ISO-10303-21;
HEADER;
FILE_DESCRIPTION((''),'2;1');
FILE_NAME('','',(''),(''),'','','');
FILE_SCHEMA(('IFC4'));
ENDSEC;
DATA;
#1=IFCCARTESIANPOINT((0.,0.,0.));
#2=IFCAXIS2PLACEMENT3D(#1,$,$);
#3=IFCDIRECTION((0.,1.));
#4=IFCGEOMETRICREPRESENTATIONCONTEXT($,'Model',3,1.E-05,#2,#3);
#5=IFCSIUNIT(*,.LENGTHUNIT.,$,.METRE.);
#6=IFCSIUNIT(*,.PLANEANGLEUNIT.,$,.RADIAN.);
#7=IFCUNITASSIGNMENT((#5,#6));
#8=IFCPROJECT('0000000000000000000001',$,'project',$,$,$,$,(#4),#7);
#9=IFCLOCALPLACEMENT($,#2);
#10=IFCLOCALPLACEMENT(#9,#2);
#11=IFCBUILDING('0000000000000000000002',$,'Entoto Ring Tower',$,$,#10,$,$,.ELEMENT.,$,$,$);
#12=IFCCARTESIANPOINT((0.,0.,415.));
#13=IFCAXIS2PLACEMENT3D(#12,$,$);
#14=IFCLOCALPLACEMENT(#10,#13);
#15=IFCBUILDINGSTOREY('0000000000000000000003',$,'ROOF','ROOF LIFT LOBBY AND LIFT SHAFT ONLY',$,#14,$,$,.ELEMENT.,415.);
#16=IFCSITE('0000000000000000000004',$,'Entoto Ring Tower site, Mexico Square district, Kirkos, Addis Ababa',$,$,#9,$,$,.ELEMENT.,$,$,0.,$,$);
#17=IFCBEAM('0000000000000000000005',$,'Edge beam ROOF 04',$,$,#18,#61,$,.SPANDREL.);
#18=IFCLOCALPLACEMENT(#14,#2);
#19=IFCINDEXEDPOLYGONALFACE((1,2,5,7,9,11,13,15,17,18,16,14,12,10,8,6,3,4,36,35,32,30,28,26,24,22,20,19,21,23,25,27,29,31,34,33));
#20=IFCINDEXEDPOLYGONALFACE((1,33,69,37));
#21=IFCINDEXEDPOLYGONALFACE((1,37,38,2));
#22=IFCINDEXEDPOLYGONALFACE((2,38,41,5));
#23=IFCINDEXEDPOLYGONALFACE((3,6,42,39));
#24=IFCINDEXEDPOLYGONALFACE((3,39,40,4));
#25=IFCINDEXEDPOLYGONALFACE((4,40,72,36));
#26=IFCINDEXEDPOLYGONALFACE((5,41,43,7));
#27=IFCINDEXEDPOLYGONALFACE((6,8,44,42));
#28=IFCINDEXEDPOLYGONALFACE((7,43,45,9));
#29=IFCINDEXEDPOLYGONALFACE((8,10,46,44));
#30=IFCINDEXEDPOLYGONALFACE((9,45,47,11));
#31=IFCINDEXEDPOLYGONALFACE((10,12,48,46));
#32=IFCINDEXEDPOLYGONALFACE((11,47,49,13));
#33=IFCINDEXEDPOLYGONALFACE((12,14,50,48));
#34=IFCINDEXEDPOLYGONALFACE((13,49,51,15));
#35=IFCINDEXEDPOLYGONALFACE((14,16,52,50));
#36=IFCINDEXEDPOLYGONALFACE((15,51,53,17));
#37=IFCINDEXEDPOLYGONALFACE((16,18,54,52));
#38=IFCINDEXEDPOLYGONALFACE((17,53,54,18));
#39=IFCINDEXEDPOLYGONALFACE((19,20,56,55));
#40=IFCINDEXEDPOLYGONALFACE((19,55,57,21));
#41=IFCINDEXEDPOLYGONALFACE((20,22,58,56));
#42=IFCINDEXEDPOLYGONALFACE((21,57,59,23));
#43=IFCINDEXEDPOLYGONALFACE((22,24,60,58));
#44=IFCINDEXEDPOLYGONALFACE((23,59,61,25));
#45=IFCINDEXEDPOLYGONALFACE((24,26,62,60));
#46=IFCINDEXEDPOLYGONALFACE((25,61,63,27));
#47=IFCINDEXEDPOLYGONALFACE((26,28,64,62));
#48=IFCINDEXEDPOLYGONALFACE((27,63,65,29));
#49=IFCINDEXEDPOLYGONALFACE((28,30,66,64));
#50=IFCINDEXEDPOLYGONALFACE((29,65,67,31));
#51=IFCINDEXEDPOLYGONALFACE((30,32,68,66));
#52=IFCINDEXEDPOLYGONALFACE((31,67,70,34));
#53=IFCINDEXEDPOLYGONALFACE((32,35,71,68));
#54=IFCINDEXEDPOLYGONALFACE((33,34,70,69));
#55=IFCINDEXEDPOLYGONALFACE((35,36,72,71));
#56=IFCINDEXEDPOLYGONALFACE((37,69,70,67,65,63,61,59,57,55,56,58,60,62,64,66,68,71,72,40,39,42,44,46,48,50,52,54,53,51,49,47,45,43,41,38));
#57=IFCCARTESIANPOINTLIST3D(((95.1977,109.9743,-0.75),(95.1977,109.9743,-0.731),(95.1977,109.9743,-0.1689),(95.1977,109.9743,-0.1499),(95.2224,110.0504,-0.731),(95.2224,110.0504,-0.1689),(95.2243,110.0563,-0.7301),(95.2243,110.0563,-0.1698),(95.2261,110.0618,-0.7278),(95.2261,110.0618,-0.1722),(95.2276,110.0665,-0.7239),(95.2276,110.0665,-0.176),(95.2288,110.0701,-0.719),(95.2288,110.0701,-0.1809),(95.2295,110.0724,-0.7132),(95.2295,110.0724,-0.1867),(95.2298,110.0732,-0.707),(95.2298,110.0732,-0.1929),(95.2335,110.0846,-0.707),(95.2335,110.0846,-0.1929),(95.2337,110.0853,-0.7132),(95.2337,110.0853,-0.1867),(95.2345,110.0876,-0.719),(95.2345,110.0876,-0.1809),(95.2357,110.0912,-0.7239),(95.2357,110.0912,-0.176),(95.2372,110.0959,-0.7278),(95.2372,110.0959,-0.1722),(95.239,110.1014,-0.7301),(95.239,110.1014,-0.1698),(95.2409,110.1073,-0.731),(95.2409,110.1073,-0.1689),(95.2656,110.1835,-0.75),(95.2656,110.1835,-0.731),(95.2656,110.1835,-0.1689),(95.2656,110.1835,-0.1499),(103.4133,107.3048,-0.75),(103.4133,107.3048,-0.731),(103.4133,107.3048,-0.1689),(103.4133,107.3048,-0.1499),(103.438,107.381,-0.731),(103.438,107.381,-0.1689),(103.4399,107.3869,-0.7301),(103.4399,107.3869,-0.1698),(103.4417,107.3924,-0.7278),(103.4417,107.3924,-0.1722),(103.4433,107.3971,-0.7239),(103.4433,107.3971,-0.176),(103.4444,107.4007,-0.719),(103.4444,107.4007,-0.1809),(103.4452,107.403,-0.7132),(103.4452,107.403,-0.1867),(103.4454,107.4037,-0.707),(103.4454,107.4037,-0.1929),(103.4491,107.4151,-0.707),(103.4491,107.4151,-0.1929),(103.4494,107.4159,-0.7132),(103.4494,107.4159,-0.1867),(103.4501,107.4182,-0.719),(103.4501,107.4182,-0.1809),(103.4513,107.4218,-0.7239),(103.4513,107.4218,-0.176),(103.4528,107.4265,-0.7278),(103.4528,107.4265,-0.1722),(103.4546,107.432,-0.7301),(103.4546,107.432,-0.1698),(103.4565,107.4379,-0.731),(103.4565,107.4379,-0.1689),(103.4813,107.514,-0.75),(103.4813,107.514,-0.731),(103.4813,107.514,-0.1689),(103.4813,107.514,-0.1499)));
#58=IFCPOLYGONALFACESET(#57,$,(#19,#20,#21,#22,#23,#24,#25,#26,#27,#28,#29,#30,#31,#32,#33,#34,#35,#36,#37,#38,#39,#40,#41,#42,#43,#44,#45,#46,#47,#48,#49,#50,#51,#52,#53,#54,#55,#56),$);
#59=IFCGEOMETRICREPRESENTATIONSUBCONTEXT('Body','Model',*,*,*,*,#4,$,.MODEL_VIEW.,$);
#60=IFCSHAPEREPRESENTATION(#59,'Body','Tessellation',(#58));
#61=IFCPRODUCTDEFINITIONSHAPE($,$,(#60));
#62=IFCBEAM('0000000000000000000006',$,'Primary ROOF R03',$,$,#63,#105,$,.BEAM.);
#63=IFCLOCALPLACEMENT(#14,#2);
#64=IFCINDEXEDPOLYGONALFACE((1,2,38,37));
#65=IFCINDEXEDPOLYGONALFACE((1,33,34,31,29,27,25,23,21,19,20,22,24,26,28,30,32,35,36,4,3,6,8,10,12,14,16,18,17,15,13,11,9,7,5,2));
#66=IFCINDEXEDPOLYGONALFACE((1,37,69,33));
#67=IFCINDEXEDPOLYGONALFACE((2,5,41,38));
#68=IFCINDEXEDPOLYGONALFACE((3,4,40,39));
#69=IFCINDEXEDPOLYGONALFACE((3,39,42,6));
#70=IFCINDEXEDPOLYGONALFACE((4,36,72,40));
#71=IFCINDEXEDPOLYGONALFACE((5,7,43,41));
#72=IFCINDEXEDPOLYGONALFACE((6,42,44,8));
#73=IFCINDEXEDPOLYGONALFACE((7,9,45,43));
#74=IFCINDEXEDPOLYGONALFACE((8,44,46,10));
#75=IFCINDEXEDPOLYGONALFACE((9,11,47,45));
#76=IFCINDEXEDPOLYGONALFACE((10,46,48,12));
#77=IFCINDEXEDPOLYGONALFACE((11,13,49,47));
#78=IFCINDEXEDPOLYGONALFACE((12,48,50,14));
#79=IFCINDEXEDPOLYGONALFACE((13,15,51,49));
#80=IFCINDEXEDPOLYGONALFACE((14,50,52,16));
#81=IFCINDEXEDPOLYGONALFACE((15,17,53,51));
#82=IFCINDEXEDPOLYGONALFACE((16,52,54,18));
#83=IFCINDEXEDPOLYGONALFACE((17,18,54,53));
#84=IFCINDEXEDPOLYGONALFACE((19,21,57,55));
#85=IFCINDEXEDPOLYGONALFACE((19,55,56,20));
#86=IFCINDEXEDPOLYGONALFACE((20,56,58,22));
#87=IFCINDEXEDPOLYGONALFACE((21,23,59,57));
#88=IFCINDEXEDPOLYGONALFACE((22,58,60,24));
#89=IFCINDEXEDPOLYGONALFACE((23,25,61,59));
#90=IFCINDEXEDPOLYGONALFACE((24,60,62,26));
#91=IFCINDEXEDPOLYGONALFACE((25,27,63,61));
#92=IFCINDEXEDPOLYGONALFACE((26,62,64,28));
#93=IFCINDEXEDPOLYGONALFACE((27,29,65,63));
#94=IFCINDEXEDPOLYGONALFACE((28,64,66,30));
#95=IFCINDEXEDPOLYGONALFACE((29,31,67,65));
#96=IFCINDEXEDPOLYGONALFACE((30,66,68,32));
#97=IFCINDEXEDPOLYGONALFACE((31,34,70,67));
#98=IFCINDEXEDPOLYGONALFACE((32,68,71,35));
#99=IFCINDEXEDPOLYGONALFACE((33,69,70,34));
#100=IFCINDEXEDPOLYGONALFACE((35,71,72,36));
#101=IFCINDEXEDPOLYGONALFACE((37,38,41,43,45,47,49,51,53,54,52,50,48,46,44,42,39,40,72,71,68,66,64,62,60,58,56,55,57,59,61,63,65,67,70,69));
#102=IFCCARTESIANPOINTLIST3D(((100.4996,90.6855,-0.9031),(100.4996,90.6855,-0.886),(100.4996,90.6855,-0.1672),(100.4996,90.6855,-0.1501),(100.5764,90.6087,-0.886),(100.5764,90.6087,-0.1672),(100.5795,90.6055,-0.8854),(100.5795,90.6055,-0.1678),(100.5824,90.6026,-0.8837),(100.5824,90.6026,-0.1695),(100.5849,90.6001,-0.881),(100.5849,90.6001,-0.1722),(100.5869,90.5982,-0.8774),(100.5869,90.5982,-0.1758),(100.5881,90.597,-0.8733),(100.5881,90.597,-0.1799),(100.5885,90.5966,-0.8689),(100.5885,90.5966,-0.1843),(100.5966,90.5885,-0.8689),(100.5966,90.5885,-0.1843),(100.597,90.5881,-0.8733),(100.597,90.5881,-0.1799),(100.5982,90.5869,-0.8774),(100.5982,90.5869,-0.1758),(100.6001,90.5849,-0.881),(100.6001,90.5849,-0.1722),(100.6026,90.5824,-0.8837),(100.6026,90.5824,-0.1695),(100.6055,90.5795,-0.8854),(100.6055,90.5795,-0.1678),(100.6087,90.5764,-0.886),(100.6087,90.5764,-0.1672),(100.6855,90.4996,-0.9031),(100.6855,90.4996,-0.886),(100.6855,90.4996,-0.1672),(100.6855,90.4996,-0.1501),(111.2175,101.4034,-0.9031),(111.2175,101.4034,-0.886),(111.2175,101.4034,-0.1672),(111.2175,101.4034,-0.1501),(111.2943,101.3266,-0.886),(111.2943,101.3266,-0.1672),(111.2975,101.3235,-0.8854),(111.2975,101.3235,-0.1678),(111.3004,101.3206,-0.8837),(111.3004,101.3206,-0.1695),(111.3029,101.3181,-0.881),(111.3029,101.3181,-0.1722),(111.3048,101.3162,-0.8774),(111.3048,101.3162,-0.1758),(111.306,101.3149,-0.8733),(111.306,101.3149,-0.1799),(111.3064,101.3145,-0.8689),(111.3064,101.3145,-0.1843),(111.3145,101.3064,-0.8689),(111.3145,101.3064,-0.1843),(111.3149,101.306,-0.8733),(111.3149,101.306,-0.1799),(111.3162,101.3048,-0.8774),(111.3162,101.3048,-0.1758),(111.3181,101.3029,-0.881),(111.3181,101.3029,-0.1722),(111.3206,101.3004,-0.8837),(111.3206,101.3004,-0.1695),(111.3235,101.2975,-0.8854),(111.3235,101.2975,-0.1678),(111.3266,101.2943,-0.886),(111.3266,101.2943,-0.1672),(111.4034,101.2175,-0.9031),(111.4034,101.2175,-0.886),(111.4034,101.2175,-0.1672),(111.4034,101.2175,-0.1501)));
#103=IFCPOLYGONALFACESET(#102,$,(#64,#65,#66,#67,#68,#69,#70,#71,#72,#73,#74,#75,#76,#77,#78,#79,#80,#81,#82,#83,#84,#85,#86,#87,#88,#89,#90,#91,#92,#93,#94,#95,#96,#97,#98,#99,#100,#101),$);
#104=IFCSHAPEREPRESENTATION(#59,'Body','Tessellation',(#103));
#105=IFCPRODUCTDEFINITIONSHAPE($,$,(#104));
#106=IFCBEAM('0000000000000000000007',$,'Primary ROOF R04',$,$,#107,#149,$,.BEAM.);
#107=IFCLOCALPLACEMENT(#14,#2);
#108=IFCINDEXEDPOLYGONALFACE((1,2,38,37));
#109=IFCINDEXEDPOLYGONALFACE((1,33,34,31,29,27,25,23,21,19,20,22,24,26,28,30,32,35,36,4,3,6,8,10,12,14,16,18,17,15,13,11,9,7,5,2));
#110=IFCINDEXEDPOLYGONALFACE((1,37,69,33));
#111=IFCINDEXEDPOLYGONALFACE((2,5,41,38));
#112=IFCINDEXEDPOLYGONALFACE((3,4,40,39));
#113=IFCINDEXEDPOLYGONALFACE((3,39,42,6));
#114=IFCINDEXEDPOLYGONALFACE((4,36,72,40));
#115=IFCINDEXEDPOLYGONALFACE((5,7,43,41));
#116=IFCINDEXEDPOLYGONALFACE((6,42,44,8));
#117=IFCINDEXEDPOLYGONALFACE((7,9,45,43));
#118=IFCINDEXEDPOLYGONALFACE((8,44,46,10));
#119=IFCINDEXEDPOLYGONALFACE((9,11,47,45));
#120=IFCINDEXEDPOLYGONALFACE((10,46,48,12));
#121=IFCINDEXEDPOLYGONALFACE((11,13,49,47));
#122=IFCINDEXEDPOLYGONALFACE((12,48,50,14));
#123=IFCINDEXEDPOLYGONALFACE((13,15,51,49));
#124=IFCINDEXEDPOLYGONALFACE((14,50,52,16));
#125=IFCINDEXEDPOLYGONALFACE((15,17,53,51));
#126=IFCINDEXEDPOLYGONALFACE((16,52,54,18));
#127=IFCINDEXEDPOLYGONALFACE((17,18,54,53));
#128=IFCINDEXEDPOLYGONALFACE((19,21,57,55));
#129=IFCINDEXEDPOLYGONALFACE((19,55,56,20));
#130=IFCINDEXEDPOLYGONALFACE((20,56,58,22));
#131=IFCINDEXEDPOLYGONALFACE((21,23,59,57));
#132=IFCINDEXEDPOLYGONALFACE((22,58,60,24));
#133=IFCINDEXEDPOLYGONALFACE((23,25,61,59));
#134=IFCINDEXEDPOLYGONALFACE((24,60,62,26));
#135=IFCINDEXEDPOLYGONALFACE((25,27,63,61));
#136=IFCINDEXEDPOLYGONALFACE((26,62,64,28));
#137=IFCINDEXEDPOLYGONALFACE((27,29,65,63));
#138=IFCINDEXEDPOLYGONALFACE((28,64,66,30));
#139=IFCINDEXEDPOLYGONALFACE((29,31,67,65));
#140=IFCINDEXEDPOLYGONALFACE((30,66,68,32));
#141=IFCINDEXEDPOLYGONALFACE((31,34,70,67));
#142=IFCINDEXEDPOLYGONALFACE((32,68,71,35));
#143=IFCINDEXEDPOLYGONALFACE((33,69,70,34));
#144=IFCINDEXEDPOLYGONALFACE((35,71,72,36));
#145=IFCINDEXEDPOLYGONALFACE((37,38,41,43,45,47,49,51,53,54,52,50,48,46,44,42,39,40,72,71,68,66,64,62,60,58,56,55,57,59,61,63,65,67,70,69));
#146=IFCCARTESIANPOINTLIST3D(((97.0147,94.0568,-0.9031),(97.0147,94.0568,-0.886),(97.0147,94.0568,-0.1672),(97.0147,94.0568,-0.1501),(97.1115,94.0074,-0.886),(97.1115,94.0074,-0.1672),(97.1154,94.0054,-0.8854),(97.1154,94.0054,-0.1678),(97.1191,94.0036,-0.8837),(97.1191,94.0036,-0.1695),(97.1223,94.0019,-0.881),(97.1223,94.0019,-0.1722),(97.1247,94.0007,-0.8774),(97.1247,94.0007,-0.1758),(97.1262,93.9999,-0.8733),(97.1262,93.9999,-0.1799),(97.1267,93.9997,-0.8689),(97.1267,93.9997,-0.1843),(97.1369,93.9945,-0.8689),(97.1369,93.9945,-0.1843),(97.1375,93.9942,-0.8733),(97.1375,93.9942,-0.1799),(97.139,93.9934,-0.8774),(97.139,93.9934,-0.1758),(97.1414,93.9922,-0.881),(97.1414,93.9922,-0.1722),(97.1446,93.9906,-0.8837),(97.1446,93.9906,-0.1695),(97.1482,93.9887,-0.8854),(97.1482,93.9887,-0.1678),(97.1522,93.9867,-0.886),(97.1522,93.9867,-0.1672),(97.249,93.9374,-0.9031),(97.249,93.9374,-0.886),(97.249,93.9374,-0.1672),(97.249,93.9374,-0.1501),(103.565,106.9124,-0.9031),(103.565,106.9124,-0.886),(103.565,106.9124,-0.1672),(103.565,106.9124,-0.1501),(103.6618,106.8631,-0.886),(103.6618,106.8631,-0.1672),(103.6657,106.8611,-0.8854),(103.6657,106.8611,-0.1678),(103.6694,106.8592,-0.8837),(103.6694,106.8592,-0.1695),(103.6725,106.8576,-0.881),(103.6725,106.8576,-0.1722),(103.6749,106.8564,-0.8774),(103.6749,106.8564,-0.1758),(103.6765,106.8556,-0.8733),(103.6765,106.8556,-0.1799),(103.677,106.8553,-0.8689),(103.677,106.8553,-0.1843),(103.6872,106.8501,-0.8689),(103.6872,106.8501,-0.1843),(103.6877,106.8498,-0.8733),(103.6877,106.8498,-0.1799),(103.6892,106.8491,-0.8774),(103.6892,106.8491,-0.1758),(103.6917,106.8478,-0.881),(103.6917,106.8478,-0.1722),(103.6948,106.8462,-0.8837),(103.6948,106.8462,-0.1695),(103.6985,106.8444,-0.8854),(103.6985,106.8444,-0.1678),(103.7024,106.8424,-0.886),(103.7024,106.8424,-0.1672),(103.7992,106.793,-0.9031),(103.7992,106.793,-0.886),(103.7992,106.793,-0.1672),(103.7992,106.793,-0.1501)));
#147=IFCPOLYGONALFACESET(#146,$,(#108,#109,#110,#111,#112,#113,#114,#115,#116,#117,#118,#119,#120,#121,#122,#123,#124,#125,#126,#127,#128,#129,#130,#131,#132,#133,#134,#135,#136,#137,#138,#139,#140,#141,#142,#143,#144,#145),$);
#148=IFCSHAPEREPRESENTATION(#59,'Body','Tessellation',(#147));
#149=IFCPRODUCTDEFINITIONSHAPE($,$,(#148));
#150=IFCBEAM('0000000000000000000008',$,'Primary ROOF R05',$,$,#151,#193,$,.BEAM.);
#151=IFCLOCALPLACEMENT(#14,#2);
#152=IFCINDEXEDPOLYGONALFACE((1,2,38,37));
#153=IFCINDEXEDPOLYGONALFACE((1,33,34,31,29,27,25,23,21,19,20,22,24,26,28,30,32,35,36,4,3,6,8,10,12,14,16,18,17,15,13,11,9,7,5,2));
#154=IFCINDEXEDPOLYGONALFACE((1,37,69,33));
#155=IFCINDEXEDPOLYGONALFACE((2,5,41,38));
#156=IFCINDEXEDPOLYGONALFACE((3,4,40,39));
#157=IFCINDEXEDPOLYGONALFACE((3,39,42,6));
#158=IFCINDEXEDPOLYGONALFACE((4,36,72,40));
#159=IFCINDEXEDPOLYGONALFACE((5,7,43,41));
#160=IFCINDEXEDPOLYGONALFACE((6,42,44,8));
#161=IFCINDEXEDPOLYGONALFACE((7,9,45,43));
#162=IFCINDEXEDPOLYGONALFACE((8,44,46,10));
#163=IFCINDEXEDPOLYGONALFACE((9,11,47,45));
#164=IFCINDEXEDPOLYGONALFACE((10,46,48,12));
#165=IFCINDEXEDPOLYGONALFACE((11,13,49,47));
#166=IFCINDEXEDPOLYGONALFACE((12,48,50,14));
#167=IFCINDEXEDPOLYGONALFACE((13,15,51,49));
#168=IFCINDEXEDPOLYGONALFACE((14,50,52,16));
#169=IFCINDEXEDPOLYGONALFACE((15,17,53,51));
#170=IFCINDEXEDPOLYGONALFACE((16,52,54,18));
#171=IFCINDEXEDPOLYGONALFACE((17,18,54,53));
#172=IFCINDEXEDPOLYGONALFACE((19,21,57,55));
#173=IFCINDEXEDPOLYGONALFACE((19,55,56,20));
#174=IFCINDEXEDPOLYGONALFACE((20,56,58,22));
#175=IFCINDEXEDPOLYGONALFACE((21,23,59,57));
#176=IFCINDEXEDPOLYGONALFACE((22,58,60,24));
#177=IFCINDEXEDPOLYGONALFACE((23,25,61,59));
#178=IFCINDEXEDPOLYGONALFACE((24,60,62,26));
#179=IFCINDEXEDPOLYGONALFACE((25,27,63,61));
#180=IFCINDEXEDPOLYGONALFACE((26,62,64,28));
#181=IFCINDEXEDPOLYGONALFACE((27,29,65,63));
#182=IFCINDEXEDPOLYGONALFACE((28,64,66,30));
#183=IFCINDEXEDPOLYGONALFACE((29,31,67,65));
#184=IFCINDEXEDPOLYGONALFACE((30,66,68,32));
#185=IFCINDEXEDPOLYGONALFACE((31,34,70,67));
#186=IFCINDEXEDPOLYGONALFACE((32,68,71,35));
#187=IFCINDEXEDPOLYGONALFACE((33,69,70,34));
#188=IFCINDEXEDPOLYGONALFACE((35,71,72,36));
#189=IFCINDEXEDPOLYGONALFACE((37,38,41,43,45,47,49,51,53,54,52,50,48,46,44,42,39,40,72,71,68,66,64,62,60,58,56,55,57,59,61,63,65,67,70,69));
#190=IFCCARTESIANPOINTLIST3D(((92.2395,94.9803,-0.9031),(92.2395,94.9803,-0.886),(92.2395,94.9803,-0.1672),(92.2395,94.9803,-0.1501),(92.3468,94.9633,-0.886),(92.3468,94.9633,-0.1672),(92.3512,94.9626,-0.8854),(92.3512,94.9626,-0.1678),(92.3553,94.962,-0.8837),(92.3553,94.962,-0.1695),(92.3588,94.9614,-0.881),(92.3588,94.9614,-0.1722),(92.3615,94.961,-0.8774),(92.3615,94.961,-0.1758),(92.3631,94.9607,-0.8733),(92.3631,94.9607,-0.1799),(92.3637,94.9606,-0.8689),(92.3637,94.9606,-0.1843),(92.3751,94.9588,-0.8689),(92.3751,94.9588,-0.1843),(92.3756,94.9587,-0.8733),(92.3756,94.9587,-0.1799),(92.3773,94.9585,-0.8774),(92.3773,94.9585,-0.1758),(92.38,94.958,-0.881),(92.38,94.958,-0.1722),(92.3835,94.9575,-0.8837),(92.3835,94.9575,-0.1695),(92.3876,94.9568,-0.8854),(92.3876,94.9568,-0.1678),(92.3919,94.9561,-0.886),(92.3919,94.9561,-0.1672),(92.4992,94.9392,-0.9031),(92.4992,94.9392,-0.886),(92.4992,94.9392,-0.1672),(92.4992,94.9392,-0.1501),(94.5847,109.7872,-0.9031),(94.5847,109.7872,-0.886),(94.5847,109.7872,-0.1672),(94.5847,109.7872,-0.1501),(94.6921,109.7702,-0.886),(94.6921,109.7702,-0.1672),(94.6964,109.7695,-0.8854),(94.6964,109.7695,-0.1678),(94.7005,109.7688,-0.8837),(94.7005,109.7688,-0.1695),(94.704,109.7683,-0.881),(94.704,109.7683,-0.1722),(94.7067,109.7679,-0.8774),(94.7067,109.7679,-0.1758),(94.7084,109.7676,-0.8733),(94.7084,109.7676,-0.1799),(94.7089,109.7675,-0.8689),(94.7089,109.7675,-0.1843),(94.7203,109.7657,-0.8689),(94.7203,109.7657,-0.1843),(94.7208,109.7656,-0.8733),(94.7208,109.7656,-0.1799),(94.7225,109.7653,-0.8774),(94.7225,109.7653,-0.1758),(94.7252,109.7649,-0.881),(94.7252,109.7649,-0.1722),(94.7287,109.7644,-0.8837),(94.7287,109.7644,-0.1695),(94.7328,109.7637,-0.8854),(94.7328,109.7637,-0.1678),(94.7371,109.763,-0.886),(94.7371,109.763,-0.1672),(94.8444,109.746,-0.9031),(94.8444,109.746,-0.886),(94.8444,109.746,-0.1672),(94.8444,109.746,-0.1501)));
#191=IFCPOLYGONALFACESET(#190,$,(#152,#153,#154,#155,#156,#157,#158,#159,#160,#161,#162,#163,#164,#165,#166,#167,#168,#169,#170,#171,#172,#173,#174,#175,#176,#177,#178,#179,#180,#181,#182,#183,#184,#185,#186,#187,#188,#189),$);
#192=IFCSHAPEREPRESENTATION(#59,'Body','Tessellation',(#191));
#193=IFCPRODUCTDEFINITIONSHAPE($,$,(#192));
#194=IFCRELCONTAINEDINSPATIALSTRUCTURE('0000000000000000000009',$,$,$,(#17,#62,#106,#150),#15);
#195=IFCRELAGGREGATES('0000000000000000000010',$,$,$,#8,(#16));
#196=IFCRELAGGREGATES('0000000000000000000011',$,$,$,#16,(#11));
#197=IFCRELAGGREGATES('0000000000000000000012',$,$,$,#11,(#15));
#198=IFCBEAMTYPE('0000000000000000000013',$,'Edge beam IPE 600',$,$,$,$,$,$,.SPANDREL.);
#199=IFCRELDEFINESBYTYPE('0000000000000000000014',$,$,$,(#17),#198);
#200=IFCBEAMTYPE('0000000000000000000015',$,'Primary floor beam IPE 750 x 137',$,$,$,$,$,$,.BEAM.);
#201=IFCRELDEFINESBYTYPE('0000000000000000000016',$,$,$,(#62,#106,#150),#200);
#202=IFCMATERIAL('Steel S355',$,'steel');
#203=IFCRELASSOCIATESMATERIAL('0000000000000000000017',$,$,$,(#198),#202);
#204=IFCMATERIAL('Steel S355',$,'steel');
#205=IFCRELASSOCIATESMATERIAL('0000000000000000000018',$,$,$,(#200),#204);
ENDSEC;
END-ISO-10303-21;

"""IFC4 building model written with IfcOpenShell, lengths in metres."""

from ifc_helpers import new_model, si_unit, direction, frame, origin, origin_2d, place, context, subcontext, project, spatial, i_section, extrude, material, material_profile, profile_set, type_object, element, save


model = new_model("IFC4")

# Units and contexts
model_context = context("Model", 3, precision=1e-05, world=origin(), true_north=direction((0.0, 1.0)))
body_context = subcontext(model_context, "Body", "Model", "MODEL_VIEW")
ifc_project = project(units=[si_unit("LENGTHUNIT", "METRE"), si_unit("PLANEANGLEUNIT", "RADIAN")], contexts=[model_context])

# Site, building, storey
site_placement = place(None, origin())
site = spatial("IfcSite", under=ifc_project, at=site_placement, Name="Entoto Ring Tower site, Mexico Square district, Kirkos, Addis Ababa", CompositionType="ELEMENT", RefElevation=0.0)
building_placement = place(site_placement, origin())
building = spatial("IfcBuilding", under=site, at=building_placement, Name="Entoto Ring Tower", CompositionType="ELEMENT")
storey_placement = place(building_placement, frame((0.0, 0.0, 415.0)))
storey = spatial("IfcBuildingStorey", under=building, at=storey_placement, Name="ROOF", Description="ROOF LIFT LOBBY AND LIFT SHAFT ONLY", CompositionType="ELEMENT", Elevation=415.0)

# Beams
ifc_material_1 = material(Name="Steel S355", Category="steel")
ifc_material_profile_1 = material_profile(ifc_material_1, i_section(OverallWidth=0.22, OverallDepth=0.6001, WebThickness=0.012, FlangeThickness=0.019, FilletRadius=0.0239, at=origin_2d()), Name="IPE 600")
ifc_profile_set_1 = profile_set([ifc_material_profile_1], Name="Steel S355")
beam_type_1 = type_object("IfcBeamType", Name="Edge beam IPE 600", PredefinedType="SPANDREL", material=ifc_profile_set_1)
beam_1_placement = place(storey_placement, frame((103.4473, 107.4094, -0.45), z_axis=(-0.951055, 0.30902, 0.0), x_axis=(-0.30902, -0.951055, 0.0)))
element("IfcBeam", 1, at=beam_1_placement, inside=storey, type_object=beam_type_1, Name="Edge beam ROOF 04", PredefinedType="SPANDREL", context=body_context, shape_type="SweptSolid", body=[
    extrude(i_section(OverallWidth=0.22, OverallDepth=0.6001, WebThickness=0.012, FlangeThickness=0.019, FilletRadius=0.0239, at=origin_2d()), origin(), (0.0, 0.0, 1.0), 8.6384),
])
ifc_material_2 = material(Name="Steel S355", Category="steel")
ifc_material_profile_2 = material_profile(ifc_material_2, i_section(OverallWidth=0.2629, OverallDepth=0.7529, WebThickness=0.0115, FlangeThickness=0.0171, FilletRadius=0.0171, at=origin_2d()), Name="IPE 750 x 137")
ifc_profile_set_2 = profile_set([ifc_material_profile_2], Name="Steel S355")
beam_type_2 = type_object("IfcBeamType", Name="Primary floor beam IPE 750 x 137", PredefinedType="BEAM", material=ifc_profile_set_2)
beam_2_placement = place(storey_placement, frame((100.5925, 90.5925, -0.5266), z_axis=(0.707107, 0.707107, 0.0), x_axis=(-0.707107, 0.707107, 0.0)))
element("IfcBeam", 2, at=beam_2_placement, inside=storey, type_object=beam_type_2, Name="Primary ROOF R03", PredefinedType="BEAM", context=body_context, shape_type="SweptSolid", body=[
    extrude(i_section(OverallWidth=0.2629, OverallDepth=0.7529, WebThickness=0.0115, FlangeThickness=0.0171, FilletRadius=0.0171, at=origin_2d()), origin(), (0.0, 0.0, 1.0), 15.1575),
])
beam_3_placement = place(storey_placement, frame((97.1318, 93.9971, -0.5266), z_axis=(0.453989, 0.891007, 0.0), x_axis=(-0.891007, 0.453989, 0.0)))
element("IfcBeam", 3, at=beam_3_placement, inside=storey, type_object=beam_type_2, Name="Primary ROOF R04", PredefinedType="BEAM", context=body_context, shape_type="SweptSolid", body=[
    extrude(i_section(OverallWidth=0.2629, OverallDepth=0.7529, WebThickness=0.0115, FlangeThickness=0.0171, FilletRadius=0.0171, at=origin_2d()), origin(), (0.0, 0.0, 1.0), 14.4282),
])
for number, where, z_axis, x_axis, name in (
    (4, (92.3694, 94.9597, -0.5266), (0.156437, 0.987688, 0.0), (-0.987688, 0.156437, 0.0), "Primary ROOF R05"),
):
    element("IfcBeam", number, at=place(storey_placement, frame(where, z_axis=z_axis, x_axis=x_axis)), inside=storey, type_object=beam_type_2, Name=name, PredefinedType="BEAM", context=body_context, shape_type="SweptSolid", body=[
        extrude(i_section(OverallWidth=0.2629, OverallDepth=0.7529, WebThickness=0.0115, FlangeThickness=0.0171, FilletRadius=0.0171, at=origin_2d()), origin(), (0.0, 0.0, 1.0), 14.9915),
    ])

save(model, "model.ifc")
